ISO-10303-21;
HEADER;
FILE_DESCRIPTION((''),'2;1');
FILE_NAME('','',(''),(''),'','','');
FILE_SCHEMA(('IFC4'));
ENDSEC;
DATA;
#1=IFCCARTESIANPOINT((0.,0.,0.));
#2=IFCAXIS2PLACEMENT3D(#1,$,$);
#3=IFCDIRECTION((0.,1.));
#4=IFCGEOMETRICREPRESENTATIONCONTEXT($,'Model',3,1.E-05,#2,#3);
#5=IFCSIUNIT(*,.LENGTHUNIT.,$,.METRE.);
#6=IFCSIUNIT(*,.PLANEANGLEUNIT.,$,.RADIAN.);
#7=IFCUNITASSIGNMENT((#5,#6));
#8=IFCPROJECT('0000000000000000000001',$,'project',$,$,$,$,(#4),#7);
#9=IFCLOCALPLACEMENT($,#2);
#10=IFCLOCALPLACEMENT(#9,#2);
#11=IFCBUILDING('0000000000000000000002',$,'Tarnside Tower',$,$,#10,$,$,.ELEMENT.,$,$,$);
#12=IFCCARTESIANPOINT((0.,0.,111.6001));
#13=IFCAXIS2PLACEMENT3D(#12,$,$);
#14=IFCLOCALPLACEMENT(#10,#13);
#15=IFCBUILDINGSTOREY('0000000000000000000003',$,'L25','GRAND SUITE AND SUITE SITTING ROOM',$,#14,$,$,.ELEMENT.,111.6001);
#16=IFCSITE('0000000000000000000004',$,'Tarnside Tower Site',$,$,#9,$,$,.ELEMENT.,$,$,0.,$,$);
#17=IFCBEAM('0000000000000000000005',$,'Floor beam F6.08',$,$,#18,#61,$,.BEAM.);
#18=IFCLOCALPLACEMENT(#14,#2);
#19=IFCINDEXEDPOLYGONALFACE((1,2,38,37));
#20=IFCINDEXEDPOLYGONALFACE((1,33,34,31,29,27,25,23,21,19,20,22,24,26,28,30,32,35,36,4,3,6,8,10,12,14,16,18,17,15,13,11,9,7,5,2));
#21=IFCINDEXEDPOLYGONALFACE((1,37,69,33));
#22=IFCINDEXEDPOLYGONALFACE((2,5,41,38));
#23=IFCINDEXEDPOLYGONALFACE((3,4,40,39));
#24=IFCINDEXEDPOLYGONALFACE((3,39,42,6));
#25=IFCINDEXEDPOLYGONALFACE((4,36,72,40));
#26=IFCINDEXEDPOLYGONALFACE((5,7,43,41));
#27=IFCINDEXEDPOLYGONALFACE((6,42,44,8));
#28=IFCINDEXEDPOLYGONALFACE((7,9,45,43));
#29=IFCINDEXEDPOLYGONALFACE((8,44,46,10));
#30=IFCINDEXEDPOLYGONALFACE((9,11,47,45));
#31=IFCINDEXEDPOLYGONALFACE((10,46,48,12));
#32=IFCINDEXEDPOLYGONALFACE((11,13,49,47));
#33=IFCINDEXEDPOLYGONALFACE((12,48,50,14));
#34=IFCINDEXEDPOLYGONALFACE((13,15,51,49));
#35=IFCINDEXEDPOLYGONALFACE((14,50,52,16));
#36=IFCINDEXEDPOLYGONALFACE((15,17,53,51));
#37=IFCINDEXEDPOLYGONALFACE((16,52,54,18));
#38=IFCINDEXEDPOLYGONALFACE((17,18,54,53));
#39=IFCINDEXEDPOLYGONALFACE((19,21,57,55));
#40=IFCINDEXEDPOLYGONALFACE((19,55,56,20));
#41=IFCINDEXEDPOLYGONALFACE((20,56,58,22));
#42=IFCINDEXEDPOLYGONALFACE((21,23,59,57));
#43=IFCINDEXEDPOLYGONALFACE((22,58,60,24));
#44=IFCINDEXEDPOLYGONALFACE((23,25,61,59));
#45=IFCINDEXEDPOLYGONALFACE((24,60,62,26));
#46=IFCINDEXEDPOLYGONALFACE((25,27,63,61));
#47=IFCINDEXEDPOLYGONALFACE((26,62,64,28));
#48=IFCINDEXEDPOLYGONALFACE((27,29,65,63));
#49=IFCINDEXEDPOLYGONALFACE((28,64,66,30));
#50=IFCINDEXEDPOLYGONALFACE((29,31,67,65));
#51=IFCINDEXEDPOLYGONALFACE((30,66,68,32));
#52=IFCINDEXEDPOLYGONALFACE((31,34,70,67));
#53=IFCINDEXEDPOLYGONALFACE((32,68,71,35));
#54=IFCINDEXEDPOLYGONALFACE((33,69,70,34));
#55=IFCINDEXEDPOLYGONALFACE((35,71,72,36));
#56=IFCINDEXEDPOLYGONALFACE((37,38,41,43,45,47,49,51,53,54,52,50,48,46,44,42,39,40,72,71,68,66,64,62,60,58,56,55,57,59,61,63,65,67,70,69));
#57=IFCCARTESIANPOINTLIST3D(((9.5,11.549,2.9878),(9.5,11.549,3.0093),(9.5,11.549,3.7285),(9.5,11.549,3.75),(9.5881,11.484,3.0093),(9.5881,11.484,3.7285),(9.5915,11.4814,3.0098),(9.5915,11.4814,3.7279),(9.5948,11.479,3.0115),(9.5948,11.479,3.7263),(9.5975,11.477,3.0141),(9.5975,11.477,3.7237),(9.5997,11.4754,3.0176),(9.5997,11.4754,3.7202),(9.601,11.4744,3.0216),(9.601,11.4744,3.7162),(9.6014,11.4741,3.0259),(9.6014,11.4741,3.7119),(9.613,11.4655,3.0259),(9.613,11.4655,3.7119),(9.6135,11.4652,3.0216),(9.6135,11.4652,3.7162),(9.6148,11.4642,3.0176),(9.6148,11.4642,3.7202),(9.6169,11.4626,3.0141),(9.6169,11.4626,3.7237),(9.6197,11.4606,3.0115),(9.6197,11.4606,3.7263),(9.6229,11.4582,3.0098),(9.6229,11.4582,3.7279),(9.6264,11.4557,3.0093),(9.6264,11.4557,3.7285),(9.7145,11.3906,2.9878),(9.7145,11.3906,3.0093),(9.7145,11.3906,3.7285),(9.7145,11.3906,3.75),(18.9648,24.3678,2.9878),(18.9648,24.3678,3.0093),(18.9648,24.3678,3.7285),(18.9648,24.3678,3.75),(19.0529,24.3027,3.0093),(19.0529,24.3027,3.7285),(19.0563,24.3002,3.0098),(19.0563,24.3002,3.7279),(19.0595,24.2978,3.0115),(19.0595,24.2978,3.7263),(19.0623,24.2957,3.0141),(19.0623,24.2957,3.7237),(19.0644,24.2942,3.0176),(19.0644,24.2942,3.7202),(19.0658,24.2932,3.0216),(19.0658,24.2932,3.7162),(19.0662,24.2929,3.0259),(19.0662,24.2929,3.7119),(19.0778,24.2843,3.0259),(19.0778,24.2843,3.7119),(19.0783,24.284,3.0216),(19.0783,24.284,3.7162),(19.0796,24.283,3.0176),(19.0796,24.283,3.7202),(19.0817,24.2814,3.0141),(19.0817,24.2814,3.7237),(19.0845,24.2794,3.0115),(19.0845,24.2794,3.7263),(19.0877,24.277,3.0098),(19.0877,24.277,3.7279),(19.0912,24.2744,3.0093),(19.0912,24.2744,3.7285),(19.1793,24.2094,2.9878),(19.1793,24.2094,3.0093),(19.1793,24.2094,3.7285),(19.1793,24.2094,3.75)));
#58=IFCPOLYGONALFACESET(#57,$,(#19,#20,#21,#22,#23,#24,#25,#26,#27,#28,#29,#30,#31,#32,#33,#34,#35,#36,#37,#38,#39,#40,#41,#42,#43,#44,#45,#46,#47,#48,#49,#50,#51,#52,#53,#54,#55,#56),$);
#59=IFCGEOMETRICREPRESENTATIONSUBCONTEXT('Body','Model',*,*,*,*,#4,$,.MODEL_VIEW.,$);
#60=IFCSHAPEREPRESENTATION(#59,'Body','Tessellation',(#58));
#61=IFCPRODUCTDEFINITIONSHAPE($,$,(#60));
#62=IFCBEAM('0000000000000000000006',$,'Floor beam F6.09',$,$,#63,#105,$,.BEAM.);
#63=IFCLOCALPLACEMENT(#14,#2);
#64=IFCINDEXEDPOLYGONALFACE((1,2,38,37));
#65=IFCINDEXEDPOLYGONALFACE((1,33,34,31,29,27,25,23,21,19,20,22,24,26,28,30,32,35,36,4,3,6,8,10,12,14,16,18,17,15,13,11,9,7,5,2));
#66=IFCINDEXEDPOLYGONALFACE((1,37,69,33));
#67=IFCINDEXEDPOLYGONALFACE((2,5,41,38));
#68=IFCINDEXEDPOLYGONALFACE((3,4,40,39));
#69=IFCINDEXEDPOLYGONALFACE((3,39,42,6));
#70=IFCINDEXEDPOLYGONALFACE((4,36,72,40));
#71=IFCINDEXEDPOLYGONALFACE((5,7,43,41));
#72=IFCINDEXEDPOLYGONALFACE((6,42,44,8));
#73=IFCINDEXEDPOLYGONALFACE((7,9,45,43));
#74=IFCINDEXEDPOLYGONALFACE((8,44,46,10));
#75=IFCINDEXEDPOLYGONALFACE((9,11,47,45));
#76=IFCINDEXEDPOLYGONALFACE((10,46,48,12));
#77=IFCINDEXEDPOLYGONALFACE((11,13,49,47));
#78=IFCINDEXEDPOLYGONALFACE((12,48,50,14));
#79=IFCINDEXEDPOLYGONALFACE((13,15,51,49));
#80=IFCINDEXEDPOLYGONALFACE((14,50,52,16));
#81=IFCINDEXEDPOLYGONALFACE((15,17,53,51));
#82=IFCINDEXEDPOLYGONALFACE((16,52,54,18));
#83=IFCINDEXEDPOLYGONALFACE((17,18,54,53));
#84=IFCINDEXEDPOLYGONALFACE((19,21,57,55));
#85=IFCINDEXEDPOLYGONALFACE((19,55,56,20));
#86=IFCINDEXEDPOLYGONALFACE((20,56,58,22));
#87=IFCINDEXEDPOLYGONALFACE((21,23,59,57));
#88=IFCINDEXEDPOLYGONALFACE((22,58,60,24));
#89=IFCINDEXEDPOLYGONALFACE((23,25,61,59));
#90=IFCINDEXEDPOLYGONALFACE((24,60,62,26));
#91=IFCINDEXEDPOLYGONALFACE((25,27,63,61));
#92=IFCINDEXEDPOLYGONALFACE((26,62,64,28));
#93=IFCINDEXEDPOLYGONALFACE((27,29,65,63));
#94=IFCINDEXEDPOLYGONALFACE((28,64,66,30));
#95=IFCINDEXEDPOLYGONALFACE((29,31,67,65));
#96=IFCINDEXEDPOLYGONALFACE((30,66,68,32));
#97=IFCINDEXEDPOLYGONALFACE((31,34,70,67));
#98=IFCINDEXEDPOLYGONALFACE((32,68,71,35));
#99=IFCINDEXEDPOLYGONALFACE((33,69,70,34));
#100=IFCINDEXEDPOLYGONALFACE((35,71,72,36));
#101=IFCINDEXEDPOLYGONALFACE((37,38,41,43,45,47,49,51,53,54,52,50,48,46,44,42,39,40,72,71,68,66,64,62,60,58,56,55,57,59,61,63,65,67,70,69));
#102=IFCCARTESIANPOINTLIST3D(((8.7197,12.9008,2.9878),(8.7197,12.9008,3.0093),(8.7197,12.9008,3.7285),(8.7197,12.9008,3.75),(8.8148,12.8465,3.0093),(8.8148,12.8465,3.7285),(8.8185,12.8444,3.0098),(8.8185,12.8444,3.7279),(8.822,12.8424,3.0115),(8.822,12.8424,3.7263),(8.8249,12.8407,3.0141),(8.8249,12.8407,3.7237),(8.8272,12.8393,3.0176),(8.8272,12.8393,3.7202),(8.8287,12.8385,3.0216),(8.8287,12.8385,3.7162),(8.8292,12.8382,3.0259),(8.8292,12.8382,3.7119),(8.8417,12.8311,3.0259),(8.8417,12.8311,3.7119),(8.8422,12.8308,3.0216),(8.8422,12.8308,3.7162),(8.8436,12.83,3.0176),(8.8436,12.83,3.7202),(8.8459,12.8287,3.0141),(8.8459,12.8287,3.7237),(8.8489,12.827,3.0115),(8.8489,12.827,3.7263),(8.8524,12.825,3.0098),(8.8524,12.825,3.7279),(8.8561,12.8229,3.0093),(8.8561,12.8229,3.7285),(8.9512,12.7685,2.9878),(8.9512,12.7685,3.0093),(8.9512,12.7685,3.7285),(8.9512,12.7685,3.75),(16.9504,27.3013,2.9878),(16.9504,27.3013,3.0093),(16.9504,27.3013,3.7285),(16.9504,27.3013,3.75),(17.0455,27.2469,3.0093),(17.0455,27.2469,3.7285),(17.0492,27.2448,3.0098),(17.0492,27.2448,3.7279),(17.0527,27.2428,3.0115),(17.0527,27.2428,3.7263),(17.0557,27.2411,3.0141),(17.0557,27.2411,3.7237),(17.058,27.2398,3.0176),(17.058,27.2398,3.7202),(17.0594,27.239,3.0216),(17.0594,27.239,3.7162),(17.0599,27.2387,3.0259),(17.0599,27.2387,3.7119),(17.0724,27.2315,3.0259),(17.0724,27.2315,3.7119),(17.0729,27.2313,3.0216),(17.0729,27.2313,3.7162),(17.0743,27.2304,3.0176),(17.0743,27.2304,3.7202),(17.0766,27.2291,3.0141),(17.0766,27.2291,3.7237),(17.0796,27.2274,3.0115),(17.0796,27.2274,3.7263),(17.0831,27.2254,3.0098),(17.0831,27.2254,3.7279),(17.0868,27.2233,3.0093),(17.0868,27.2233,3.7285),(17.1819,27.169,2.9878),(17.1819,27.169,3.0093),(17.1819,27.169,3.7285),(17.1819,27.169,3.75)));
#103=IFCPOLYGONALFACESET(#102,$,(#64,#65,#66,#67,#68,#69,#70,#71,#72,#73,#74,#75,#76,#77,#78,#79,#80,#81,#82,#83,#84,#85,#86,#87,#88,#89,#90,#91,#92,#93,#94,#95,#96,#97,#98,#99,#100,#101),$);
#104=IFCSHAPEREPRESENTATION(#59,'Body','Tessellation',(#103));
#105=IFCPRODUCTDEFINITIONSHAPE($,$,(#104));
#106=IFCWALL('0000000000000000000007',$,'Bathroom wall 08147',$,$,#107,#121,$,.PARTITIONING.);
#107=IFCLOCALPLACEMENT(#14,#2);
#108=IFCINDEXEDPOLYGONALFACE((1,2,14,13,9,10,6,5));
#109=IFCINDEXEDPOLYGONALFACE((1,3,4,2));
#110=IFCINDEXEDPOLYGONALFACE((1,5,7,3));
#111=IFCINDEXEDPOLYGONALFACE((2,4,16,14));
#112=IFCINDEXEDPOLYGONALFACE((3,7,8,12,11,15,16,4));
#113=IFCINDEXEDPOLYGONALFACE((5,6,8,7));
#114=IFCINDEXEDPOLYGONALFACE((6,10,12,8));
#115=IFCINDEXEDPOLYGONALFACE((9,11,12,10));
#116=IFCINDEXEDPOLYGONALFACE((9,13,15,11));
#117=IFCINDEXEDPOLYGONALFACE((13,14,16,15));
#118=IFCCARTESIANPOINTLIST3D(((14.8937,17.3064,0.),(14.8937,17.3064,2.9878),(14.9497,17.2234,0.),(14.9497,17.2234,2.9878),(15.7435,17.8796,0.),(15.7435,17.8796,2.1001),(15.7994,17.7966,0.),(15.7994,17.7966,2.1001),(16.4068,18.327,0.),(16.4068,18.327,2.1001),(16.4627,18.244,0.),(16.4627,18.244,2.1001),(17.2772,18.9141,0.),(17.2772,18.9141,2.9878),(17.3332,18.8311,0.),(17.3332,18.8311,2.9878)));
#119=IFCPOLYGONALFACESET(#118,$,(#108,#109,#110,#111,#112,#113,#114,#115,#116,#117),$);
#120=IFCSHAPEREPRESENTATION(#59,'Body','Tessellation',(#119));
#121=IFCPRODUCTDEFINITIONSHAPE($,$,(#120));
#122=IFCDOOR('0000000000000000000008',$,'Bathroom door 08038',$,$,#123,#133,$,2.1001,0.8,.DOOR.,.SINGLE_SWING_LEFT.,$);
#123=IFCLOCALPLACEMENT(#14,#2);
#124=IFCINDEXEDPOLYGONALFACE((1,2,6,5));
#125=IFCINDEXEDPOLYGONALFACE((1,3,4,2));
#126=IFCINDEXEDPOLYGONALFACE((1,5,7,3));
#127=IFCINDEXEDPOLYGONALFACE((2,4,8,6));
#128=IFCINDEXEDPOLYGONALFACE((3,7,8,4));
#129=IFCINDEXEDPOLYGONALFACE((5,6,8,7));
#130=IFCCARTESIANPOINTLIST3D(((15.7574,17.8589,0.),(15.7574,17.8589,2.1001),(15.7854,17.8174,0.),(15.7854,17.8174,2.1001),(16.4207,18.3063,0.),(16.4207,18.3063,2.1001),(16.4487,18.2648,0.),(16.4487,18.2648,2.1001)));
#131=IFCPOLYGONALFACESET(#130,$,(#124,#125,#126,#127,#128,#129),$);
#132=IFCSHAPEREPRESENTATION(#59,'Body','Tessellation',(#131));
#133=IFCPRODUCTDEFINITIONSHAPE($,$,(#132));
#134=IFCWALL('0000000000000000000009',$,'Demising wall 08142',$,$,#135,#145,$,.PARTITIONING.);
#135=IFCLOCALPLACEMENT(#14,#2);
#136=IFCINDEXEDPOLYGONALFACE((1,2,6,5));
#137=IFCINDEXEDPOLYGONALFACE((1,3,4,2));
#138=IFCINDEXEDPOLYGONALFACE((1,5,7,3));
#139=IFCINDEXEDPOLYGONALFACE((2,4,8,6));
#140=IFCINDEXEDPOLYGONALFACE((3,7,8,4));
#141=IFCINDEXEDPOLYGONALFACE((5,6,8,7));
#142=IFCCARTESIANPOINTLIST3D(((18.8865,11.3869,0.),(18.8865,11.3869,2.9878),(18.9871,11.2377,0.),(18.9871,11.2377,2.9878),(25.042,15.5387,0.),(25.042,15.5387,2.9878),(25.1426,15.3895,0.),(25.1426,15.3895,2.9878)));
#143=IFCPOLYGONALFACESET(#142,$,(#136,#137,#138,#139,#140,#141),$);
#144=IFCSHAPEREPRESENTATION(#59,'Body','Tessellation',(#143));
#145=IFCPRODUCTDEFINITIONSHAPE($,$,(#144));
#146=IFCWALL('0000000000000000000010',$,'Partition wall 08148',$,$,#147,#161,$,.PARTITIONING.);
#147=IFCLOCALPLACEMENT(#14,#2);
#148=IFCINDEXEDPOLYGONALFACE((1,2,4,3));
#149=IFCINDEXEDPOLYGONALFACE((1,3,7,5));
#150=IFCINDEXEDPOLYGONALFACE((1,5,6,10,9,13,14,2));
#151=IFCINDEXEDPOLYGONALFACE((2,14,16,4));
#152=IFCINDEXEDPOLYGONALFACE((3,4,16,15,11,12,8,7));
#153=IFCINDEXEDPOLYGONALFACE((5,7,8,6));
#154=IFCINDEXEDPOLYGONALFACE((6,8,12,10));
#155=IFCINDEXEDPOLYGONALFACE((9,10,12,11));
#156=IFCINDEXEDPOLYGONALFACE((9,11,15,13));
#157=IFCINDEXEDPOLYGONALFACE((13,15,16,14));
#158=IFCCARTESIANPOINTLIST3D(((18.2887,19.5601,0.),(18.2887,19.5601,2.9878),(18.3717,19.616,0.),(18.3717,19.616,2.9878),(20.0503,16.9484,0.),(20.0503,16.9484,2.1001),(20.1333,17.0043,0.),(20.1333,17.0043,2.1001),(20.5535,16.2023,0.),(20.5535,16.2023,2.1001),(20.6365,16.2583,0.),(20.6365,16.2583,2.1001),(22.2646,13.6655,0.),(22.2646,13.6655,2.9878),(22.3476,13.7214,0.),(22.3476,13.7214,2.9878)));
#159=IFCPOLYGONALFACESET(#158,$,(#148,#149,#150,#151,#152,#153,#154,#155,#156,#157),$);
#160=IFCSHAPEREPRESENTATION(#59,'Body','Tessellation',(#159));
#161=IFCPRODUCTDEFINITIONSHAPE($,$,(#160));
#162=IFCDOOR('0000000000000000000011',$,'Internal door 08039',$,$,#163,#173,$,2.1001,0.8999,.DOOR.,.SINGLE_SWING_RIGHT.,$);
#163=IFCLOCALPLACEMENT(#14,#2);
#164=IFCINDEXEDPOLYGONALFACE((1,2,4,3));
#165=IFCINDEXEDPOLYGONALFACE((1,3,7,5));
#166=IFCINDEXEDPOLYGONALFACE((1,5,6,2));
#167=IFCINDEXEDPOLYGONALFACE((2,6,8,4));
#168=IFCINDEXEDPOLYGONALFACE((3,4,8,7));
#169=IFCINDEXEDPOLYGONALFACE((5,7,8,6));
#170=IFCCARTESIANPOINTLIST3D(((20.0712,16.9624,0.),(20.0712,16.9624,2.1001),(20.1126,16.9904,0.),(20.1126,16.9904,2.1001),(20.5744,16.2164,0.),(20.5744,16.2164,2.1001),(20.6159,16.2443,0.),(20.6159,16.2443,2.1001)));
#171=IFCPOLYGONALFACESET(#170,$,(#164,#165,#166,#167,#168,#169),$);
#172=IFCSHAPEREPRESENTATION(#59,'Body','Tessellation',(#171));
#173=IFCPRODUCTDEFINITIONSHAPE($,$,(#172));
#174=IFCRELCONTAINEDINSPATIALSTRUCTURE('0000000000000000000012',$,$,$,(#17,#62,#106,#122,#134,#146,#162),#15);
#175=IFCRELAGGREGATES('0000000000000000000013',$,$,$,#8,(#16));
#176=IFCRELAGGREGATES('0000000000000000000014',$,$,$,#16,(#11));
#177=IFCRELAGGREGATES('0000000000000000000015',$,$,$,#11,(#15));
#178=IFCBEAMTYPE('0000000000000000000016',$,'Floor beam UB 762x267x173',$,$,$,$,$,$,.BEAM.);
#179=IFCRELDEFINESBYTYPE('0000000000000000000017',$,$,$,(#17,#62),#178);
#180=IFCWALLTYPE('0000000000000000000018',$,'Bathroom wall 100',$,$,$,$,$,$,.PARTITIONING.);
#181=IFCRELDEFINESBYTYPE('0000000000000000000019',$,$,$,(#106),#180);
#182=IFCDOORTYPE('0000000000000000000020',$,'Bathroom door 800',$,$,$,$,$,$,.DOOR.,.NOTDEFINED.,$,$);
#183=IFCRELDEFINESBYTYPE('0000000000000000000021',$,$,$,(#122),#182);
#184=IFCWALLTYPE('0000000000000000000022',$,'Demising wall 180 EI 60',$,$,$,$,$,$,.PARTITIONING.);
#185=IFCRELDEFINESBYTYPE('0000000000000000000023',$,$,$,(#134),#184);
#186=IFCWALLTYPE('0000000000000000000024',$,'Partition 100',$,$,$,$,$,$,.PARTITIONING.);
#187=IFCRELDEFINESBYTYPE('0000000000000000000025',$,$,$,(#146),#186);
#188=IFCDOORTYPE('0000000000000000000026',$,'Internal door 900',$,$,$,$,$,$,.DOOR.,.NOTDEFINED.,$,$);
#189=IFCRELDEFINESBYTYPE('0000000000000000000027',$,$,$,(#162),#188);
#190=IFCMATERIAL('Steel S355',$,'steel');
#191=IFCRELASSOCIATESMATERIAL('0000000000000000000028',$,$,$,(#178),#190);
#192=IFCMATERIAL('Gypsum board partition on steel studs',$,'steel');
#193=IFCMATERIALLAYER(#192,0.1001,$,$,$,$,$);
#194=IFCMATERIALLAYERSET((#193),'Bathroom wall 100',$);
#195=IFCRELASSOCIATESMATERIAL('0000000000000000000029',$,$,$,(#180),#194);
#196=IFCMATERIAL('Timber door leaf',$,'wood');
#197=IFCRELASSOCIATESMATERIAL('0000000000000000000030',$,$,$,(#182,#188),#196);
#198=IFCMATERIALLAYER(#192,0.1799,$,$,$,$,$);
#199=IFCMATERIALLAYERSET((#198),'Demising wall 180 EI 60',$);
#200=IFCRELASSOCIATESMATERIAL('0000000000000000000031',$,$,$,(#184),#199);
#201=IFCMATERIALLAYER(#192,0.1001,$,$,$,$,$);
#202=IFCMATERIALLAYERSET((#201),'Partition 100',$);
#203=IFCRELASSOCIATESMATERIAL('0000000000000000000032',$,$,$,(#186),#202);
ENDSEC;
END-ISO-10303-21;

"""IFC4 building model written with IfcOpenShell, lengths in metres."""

from ifc_helpers import new_model, si_unit, direction, frame, frame_2d, origin, origin_2d, place, context, subcontext, project, spatial, rectangle, i_section, extrude, material, layer, layer_set, material_profile, profile_set, type_object, element, fill, save


model = new_model("IFC4")

# Units and contexts
model_context = context("Model", 3, precision=1e-05, world=origin(), true_north=direction((0.0, 1.0)))
body_context = subcontext(model_context, "Body", "Model", "MODEL_VIEW")
ifc_project = project(units=[si_unit("LENGTHUNIT", "METRE"), si_unit("PLANEANGLEUNIT", "RADIAN")], contexts=[model_context])

# Site, building, storey
site_placement = place(None, origin())
site = spatial("IfcSite", under=ifc_project, at=site_placement, Name="Tarnside Tower Site", CompositionType="ELEMENT", RefElevation=0.0)
building_placement = place(site_placement, origin())
building = spatial("IfcBuilding", under=site, at=building_placement, Name="Tarnside Tower", CompositionType="ELEMENT")
storey_placement = place(building_placement, frame((0.0, 0.0, 111.6001)))
storey = spatial("IfcBuildingStorey", under=building, at=storey_placement, Name="L25", Description="GRAND SUITE AND SUITE SITTING ROOM", CompositionType="ELEMENT", Elevation=111.6001)

# Beams
ifc_material_1 = material(Name="Steel S355", Category="steel")
ifc_material_profile_1 = material_profile(ifc_material_1, i_section(OverallWidth=0.2666, OverallDepth=0.7622, WebThickness=0.0144, FlangeThickness=0.0215, FilletRadius=0.0166, at=origin_2d()), Name="UB 762x267x173")
ifc_profile_set_1 = profile_set([ifc_material_profile_1], Name="Steel S355")
beam_type_1 = type_object("IfcBeamType", Name="Floor beam UB 762x267x173", PredefinedType="BEAM", material=ifc_profile_set_1)
beam_1_placement = place(storey_placement, frame((19.072, 24.2886, 3.3689), z_axis=(-0.593987, -0.804475, 0.0), x_axis=(0.804475, -0.593987, 0.0)))
element("IfcBeam", 1, at=beam_1_placement, inside=storey, type_object=beam_type_1, Name="Floor beam F6.08", PredefinedType="BEAM", context=body_context, shape_type="SweptSolid", body=[
    extrude(i_section(OverallWidth=0.2666, OverallDepth=0.7622, WebThickness=0.0144, FlangeThickness=0.0215, FilletRadius=0.0166, at=origin_2d()), origin(), (0.0, 0.0, 1.0), 15.9343),
])
beam_2_placement = place(storey_placement, frame((17.0662, 27.2351, 3.3689), z_axis=(-0.496226, -0.868193, 0.0), x_axis=(0.868193, -0.496226, 0.0)))
element("IfcBeam", 2, at=beam_2_placement, inside=storey, type_object=beam_type_1, Name="Floor beam F6.09", PredefinedType="BEAM", context=body_context, shape_type="SweptSolid", body=[
    extrude(i_section(OverallWidth=0.2666, OverallDepth=0.7622, WebThickness=0.0144, FlangeThickness=0.0215, FilletRadius=0.0166, at=origin_2d()), origin(), (0.0, 0.0, 1.0), 16.5867),
])

# Wall, opening, door
ifc_material_2 = material(Name="Gypsum board partition on steel studs", Category="steel")
ifc_layer_1 = layer(ifc_material_2, 0.1001)
ifc_layer_set_1 = layer_set([ifc_layer_1], Name="Bathroom wall 100")
wall_type_1 = type_object("IfcWallType", Name="Bathroom wall 100", PredefinedType="PARTITIONING", material=ifc_layer_set_1)
wall_1_placement = place(storey_placement, frame((17.3052, 18.8726, 0.0), z_axis=(0.0, 0.0, 1.0), x_axis=(-0.829046, -0.55918, 0.0)))
wall_1 = element("IfcWall", 3, at=wall_1_placement, inside=storey, type_object=wall_type_1, Name="Bathroom wall 08147", PredefinedType="PARTITIONING", context=body_context, shape_type="SweptSolid", body=[
    extrude(rectangle(XDim=2.875, YDim=0.1001, at=frame_2d((1.4375, 0.0))), origin(), (0.0, 0.0, 1.0), 2.9878),
])
opening_1_placement = place(wall_1_placement, frame((1.05, 0.0, 0.0)))
opening_1 = element("IfcOpeningElement", 4, at=opening_1_placement, cuts=wall_1, PredefinedType="OPENING", context=body_context, shape_type="SweptSolid", body=[
    extrude(rectangle(XDim=0.8, YDim=2.1001, at=frame_2d((0.3999, 1.05))), frame((0.0, 0.0601, 0.0), z_axis=(0.0, -1.0, 0.0), x_axis=(1.0, 0.0, 0.0)), (0.0, 0.0, 1.0), 0.1201),
])
ifc_material_3 = material(Name="Timber door leaf", Category="wood")
door_type_1 = type_object("IfcDoorType", Name="Bathroom door 800", OperationType="NOTDEFINED", PredefinedType="DOOR", material=ifc_material_3)
door_1_placement = place(opening_1_placement, origin())
door_1 = element("IfcDoor", 5, at=door_1_placement, inside=storey, type_object=door_type_1, Name="Bathroom door 08038", OperationType="SINGLE_SWING_LEFT", OverallHeight=2.1001, OverallWidth=0.8, PredefinedType="DOOR", context=body_context, shape_type="SweptSolid", body=[
    extrude(rectangle(XDim=0.8, YDim=2.1001, at=frame_2d((0.3999, 1.05))), frame((0.0, 0.0249, 0.0), z_axis=(0.0, -1.0, 0.0), x_axis=(1.0, 0.0, 0.0)), (0.0, 0.0, 1.0), 0.05),
])
fill(opening_1, door_1)

# Wall
ifc_layer_2 = layer(ifc_material_2, 0.1799)
ifc_layer_set_2 = layer_set([ifc_layer_2], Name="Demising wall 180 EI 60")
wall_type_2 = type_object("IfcWallType", Name="Demising wall 180 EI 60", PredefinedType="PARTITIONING", material=ifc_layer_set_2)
wall_2_placement = place(storey_placement, frame((25.0923, 15.4641, 0.0), z_axis=(0.0, 0.0, 1.0), x_axis=(-0.829043, -0.559184, 0.0)))
element("IfcWall", 6, at=wall_2_placement, inside=storey, type_object=wall_type_2, Name="Demising wall 08142", PredefinedType="PARTITIONING", context=body_context, shape_type="SweptSolid", body=[
    extrude(rectangle(XDim=7.4248, YDim=0.1799, at=frame_2d((3.7124, 0.0))), origin(), (0.0, 0.0, 1.0), 2.9878),
])

# Wall, opening, door
ifc_layer_3 = layer(ifc_material_2, 0.1001)
ifc_layer_set_3 = layer_set([ifc_layer_3], Name="Partition 100")
wall_type_3 = type_object("IfcWallType", Name="Partition 100", PredefinedType="PARTITIONING", material=ifc_layer_set_3)
wall_3_placement = place(storey_placement, frame((22.3062, 13.6934, 0.0), z_axis=(0.0, 0.0, 1.0), x_axis=(-0.559185, 0.829043, 0.0)))
wall_3 = element("IfcWall", 7, at=wall_3_placement, inside=storey, type_object=wall_type_3, Name="Partition wall 08148", PredefinedType="PARTITIONING", context=body_context, shape_type="SweptSolid", body=[
    extrude(rectangle(XDim=7.1101, YDim=0.1001, at=frame_2d((3.5552, 0.0))), origin(), (0.0, 0.0, 1.0), 2.9878),
])
opening_2_placement = place(wall_3_placement, frame((3.0601, 0.0, 0.0)))
opening_2 = element("IfcOpeningElement", 8, at=opening_2_placement, cuts=wall_3, PredefinedType="OPENING", context=body_context, shape_type="SweptSolid", body=[
    extrude(rectangle(XDim=0.8999, YDim=2.1001, at=frame_2d((0.45, 1.05))), frame((0.0, 0.0601, 0.0), z_axis=(0.0, -1.0, 0.0), x_axis=(1.0, 0.0, 0.0)), (0.0, 0.0, 1.0), 0.1201),
])
door_type_2 = type_object("IfcDoorType", Name="Internal door 900", OperationType="NOTDEFINED", PredefinedType="DOOR", material=ifc_material_3)
door_2_placement = place(opening_2_placement, origin())
door_2 = element("IfcDoor", 9, at=door_2_placement, inside=storey, type_object=door_type_2, Name="Internal door 08039", OperationType="SINGLE_SWING_RIGHT", OverallHeight=2.1001, OverallWidth=0.8999, PredefinedType="DOOR", context=body_context, shape_type="SweptSolid", body=[
    extrude(rectangle(XDim=0.8999, YDim=2.1001, at=frame_2d((0.45, 1.05))), frame((0.0, 0.0249, 0.0), z_axis=(0.0, -1.0, 0.0), x_axis=(1.0, 0.0, 0.0)), (0.0, 0.0, 1.0), 0.05),
])
fill(opening_2, door_2)

save(model, "model.ifc")
